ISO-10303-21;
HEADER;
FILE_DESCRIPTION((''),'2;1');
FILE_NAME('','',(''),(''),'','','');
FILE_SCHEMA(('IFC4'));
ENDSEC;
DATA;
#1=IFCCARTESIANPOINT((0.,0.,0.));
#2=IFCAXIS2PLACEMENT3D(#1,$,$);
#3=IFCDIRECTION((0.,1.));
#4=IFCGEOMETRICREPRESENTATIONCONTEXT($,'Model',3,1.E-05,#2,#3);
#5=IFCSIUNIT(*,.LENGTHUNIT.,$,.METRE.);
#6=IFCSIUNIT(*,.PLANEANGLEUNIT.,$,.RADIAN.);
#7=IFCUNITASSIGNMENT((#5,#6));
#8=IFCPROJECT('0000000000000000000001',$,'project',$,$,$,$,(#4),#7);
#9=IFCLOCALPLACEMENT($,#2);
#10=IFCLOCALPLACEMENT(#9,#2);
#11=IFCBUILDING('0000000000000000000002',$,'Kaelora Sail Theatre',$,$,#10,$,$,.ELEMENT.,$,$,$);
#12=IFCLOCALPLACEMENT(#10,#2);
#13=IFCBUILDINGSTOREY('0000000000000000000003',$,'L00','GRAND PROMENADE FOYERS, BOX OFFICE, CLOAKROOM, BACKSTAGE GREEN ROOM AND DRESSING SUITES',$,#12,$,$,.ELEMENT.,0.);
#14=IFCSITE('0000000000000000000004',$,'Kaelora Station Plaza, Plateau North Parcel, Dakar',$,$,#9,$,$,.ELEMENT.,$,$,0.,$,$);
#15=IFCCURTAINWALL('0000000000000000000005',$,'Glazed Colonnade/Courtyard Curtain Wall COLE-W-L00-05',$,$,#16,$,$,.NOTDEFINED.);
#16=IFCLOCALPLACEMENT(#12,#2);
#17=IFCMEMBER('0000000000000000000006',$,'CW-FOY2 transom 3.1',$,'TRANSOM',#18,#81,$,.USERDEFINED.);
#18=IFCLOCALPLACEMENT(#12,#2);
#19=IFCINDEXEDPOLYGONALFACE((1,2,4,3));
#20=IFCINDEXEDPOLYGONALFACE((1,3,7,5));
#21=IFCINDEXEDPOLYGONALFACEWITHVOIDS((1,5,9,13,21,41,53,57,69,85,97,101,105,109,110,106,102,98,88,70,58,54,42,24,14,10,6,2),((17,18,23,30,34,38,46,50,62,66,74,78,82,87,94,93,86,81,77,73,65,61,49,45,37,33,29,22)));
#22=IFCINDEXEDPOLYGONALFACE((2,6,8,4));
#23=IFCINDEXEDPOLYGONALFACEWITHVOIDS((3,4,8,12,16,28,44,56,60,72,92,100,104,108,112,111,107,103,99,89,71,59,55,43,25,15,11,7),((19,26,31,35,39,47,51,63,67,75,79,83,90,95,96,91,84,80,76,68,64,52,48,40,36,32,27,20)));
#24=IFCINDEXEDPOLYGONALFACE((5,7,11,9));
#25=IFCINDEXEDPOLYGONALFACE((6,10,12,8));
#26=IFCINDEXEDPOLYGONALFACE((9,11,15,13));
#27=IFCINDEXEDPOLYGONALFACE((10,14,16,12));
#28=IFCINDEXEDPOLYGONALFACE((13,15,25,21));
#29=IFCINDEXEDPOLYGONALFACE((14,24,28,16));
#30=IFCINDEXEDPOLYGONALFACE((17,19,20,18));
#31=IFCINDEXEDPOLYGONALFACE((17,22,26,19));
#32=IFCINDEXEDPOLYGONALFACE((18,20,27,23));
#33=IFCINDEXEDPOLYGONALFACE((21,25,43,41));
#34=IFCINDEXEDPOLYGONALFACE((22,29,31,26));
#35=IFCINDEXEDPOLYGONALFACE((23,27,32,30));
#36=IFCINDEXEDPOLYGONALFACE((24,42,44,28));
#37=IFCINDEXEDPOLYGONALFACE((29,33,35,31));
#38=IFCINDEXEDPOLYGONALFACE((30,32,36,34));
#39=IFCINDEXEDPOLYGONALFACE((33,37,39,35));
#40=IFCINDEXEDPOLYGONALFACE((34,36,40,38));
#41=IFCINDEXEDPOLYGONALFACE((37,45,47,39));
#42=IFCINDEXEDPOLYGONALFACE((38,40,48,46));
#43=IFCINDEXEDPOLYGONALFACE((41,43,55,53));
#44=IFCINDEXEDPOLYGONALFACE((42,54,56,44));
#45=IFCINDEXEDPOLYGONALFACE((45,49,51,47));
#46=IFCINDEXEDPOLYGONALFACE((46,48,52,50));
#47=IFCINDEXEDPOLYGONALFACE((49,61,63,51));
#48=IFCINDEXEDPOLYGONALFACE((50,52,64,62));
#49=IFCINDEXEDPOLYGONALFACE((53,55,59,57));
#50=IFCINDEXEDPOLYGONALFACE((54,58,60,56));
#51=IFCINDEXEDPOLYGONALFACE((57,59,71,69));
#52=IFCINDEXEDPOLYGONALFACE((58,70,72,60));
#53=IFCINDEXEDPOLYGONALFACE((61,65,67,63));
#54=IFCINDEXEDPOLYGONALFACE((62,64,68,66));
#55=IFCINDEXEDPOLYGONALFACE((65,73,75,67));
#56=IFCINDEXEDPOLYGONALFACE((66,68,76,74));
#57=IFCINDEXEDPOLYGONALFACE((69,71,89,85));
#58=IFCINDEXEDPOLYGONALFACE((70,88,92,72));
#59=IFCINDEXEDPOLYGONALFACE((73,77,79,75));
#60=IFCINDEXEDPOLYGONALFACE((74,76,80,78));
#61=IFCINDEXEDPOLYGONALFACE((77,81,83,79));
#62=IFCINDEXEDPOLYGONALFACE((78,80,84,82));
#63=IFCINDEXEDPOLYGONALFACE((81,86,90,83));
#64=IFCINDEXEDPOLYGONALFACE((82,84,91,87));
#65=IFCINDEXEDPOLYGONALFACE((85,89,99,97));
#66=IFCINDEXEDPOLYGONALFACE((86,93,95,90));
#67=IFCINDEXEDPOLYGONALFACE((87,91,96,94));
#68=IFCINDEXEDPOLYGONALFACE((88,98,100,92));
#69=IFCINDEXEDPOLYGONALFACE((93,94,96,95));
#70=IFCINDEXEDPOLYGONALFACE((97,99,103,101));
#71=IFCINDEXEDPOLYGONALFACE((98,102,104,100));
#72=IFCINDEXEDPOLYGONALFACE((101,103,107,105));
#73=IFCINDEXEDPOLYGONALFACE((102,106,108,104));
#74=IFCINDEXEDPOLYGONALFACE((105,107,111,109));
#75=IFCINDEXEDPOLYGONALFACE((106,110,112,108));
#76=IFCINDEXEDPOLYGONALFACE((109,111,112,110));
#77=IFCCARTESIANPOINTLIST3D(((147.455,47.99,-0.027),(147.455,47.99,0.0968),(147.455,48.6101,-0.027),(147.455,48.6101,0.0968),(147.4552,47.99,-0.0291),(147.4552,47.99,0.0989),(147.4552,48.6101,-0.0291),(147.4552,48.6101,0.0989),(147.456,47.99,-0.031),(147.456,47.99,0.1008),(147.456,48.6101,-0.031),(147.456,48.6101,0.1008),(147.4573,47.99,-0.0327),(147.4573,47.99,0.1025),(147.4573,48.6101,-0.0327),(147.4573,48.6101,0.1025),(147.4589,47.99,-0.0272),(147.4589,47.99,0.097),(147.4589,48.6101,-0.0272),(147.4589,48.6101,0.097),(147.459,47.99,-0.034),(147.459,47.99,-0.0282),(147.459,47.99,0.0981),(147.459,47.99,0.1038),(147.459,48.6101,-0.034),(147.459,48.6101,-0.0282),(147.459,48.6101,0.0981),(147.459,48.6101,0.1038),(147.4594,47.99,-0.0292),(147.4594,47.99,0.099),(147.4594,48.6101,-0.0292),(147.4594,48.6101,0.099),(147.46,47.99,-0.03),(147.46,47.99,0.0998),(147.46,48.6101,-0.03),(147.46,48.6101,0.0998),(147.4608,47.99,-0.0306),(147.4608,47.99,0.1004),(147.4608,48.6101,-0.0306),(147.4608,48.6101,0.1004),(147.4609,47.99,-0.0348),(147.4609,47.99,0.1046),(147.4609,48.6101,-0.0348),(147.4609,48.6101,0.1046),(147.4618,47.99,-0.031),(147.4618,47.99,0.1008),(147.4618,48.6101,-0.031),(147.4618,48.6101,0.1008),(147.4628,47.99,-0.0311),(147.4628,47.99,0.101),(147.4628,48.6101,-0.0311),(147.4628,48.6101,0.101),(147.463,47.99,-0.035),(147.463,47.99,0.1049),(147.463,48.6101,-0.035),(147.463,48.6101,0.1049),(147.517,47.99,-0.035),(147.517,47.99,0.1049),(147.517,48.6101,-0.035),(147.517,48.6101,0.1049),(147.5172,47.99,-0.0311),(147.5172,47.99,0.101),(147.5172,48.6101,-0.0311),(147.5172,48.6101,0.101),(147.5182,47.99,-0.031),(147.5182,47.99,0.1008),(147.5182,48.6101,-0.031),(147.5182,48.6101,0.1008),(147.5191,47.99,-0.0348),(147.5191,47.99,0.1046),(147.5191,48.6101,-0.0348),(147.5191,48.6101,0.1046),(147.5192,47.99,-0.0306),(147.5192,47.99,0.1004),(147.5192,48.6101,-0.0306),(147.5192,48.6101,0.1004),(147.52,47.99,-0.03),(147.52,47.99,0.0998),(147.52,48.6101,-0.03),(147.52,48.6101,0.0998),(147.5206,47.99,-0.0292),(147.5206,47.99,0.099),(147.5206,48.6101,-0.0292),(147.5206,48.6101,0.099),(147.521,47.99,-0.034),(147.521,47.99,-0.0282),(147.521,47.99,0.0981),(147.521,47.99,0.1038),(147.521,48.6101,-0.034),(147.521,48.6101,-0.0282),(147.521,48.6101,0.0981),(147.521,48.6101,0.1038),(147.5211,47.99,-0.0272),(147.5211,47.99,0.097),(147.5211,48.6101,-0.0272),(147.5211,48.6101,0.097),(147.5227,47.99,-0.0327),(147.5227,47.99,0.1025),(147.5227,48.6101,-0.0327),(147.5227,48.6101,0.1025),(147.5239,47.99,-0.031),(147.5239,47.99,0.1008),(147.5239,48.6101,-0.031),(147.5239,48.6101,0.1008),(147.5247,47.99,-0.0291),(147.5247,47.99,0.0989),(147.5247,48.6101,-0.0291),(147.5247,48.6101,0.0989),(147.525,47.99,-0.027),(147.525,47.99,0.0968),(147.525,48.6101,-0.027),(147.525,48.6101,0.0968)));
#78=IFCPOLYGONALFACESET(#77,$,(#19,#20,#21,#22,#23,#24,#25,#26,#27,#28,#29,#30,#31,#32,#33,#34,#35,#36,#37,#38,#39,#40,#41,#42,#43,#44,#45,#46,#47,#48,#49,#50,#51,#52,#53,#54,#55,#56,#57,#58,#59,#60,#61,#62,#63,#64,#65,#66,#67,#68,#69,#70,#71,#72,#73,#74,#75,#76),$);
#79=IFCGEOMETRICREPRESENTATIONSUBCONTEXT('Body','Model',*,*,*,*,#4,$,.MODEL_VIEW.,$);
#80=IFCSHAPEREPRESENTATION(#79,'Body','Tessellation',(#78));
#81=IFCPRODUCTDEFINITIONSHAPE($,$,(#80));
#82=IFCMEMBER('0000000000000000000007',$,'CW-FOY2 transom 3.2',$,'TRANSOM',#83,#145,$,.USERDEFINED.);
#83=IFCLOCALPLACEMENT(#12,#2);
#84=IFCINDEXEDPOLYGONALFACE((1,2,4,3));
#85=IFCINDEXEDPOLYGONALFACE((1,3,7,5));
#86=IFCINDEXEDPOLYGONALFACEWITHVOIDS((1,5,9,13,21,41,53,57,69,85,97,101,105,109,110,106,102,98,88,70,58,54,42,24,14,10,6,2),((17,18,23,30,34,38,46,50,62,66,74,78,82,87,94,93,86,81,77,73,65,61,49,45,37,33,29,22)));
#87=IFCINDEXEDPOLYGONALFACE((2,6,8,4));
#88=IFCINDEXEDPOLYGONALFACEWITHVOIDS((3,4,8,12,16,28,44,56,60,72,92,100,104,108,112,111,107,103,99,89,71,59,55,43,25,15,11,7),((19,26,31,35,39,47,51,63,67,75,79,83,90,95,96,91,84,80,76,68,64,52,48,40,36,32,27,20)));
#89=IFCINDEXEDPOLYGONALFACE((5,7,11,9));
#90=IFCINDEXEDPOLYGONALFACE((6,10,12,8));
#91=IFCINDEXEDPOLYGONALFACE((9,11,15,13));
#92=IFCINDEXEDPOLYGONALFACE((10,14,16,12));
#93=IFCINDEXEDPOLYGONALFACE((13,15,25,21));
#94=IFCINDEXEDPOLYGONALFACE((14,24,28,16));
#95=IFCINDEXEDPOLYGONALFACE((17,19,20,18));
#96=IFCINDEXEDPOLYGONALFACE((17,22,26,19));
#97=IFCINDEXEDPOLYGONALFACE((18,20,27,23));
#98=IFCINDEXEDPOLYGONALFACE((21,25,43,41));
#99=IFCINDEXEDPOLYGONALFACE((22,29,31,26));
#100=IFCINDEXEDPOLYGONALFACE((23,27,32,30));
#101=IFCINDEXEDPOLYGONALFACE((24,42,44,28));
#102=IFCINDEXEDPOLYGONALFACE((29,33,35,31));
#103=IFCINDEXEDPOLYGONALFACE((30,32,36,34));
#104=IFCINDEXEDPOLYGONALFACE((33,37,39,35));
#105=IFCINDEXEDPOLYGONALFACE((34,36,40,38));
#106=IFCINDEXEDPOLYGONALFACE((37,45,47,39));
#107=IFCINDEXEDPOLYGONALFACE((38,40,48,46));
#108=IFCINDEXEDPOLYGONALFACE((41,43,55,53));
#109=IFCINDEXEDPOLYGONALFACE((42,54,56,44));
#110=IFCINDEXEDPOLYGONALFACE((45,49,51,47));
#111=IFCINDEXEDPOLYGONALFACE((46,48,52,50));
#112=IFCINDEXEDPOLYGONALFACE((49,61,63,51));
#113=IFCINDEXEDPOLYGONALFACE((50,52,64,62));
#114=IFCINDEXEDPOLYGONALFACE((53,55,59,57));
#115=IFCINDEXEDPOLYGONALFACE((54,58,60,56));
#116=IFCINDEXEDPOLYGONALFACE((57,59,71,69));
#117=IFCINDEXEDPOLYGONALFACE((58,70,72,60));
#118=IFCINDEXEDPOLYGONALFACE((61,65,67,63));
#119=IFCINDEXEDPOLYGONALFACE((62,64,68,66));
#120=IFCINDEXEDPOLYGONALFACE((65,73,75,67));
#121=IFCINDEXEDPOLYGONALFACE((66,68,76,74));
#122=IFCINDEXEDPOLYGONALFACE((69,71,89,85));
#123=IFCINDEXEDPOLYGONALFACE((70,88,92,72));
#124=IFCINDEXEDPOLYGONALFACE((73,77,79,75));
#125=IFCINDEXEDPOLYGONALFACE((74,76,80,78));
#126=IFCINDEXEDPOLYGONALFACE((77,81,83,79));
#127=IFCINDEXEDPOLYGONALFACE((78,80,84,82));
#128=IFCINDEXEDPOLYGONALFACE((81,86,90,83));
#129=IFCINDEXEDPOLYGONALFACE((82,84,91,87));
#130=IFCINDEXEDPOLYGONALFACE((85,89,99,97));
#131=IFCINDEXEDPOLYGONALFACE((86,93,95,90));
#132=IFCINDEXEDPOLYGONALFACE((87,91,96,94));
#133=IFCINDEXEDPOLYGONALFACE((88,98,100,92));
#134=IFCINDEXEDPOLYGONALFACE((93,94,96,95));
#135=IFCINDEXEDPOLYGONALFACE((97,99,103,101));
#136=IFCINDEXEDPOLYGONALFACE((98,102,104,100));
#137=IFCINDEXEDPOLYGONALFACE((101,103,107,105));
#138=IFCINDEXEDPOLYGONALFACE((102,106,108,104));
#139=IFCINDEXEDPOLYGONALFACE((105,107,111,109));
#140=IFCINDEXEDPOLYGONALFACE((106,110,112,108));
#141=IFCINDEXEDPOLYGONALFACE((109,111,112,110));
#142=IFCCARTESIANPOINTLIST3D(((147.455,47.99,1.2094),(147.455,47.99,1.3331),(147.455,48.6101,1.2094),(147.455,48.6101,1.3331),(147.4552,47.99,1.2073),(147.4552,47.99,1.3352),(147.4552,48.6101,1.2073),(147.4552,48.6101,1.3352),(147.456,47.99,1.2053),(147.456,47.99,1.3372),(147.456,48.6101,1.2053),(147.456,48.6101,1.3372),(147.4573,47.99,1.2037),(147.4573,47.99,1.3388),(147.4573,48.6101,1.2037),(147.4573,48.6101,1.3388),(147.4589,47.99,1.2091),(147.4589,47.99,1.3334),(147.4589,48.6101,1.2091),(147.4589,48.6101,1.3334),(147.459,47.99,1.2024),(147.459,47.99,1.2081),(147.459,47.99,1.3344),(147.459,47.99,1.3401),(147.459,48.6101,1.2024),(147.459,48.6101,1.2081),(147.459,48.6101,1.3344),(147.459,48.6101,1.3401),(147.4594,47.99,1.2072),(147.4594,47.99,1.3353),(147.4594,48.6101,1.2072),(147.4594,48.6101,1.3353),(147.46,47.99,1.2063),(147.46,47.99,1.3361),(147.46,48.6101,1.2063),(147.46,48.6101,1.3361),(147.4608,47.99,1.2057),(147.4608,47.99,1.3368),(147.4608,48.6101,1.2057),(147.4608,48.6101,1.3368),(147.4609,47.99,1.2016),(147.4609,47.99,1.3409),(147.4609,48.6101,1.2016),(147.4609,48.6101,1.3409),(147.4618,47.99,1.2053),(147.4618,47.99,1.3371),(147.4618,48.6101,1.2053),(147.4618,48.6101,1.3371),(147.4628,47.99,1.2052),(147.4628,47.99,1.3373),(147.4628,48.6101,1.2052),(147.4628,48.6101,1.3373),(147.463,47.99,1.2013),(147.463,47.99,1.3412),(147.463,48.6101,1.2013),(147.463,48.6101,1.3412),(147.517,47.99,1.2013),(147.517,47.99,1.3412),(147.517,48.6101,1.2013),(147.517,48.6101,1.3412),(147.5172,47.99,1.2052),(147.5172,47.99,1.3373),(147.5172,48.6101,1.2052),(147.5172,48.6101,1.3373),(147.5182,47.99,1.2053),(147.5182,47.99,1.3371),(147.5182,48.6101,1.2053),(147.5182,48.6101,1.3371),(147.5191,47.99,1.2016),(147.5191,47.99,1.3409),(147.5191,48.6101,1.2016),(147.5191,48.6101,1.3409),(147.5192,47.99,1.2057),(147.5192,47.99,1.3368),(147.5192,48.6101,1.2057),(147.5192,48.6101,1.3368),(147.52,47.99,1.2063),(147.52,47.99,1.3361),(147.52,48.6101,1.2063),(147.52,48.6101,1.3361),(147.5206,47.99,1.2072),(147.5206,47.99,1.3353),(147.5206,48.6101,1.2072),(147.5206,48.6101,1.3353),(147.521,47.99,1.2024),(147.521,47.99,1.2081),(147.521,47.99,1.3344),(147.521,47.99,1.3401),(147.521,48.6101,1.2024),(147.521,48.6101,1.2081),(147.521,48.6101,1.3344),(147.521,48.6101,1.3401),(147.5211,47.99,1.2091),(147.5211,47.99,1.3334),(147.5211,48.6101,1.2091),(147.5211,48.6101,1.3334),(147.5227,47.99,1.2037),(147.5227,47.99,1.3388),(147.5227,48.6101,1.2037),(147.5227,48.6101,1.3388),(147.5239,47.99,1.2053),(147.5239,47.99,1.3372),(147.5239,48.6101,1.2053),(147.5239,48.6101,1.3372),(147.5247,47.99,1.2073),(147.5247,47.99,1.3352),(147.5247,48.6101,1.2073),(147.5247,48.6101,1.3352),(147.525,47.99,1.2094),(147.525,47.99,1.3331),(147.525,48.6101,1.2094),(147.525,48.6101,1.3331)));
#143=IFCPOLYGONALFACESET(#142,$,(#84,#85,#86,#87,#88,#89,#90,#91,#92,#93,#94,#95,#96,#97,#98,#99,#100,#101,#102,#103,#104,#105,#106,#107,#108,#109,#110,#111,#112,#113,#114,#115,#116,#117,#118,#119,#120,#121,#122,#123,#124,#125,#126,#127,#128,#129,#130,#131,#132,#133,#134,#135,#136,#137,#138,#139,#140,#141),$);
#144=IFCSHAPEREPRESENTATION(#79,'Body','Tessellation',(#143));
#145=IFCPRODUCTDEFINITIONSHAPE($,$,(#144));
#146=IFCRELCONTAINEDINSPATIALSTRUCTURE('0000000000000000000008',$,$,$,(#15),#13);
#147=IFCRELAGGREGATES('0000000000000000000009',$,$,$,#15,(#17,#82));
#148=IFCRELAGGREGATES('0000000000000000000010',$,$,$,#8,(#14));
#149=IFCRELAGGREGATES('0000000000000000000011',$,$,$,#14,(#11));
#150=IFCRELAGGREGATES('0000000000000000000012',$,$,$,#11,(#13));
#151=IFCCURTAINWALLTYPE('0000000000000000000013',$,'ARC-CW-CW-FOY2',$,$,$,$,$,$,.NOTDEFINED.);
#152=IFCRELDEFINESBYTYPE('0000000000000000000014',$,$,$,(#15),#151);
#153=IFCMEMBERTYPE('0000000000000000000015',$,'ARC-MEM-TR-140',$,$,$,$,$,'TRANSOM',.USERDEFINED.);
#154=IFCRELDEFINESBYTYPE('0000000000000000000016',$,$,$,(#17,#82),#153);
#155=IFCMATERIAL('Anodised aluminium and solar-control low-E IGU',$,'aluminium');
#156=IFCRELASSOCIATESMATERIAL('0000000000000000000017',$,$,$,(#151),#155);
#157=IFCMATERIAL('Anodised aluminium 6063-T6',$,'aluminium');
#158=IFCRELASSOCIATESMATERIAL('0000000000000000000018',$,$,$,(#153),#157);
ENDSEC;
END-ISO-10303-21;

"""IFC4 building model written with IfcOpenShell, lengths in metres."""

from ifc_helpers import new_model, si_unit, direction, frame, origin, origin_2d, place, context, subcontext, project, spatial, hollow_rectangle, extrude, material, material_profile, profile_set, type_object, element, aggregate, save


model = new_model("IFC4")

# Units and contexts
model_context = context("Model", 3, precision=1e-05, world=origin(), true_north=direction((0.0, 1.0)))
body_context = subcontext(model_context, "Body", "Model", "MODEL_VIEW")
ifc_project = project(units=[si_unit("LENGTHUNIT", "METRE"), si_unit("PLANEANGLEUNIT", "RADIAN")], contexts=[model_context])

# Site, building, storey
site_placement = place(None, origin())
site = spatial("IfcSite", under=ifc_project, at=site_placement, Name="Kaelora Station Plaza, Plateau North Parcel, Dakar", CompositionType="ELEMENT", RefElevation=0.0)
building_placement = place(site_placement, origin())
building = spatial("IfcBuilding", under=site, at=building_placement, Name="Kaelora Sail Theatre", CompositionType="ELEMENT")
storey_placement = place(building_placement, origin())
storey = spatial("IfcBuildingStorey", under=building, at=storey_placement, Name="L00", Description="GRAND PROMENADE FOYERS, BOX OFFICE, CLOAKROOM, BACKSTAGE GREEN ROOM AND DRESSING SUITES", CompositionType="ELEMENT", Elevation=0.0)

# Curtain wall, members
ifc_material_1 = material(Name="Anodised aluminium and solar-control low-E IGU", Category="aluminium")
curtain_wall_type = type_object("IfcCurtainWallType", Name="ARC-CW-CW-FOY2", PredefinedType="NOTDEFINED", material=ifc_material_1)
curtain_wall_placement = place(storey_placement, origin())
curtain_wall = element("IfcCurtainWall", 1, at=curtain_wall_placement, inside=storey, type_object=curtain_wall_type, Name="Glazed Colonnade/Courtyard Curtain Wall COLE-W-L00-05", PredefinedType="NOTDEFINED")
ifc_material_2 = material(Name="Anodised aluminium 6063-T6", Category="aluminium")
ifc_material_profile_1 = material_profile(ifc_material_2, hollow_rectangle(XDim=0.0701, YDim=0.1399, WallThickness=0.0039, InnerFilletRadius=0.0039, OuterFilletRadius=0.0081, at=origin_2d()), Name="ALU-TRAN 70x140x4")
ifc_profile_set_1 = profile_set([ifc_material_profile_1], Name="Anodised aluminium 6063-T6")
member_type_1 = type_object("IfcMemberType", Name="ARC-MEM-TR-140", ElementType="TRANSOM", PredefinedType="USERDEFINED", material=ifc_profile_set_1)
member_1_placement = place(storey_placement, frame((147.49, 47.99, 0.0349), z_axis=(0.0, 1.0, 0.0), x_axis=(-1.0, 0.0, 0.0)))
member_1 = element("IfcMember", 2, at=member_1_placement, type_object=member_type_1, Name="CW-FOY2 transom 3.1", ObjectType="TRANSOM", PredefinedType="USERDEFINED", context=body_context, shape_type="SweptSolid", body=[
    extrude(hollow_rectangle(XDim=0.0701, YDim=0.1399, WallThickness=0.0039, InnerFilletRadius=0.0039, OuterFilletRadius=0.0081, at=origin_2d()), origin(), (0.0, 0.0, 1.0), 0.6201),
])
member_2_placement = place(storey_placement, frame((147.49, 47.99, 1.2712), z_axis=(0.0, 1.0, 0.0), x_axis=(-1.0, 0.0, 0.0)))
member_2 = element("IfcMember", 3, at=member_2_placement, type_object=member_type_1, Name="CW-FOY2 transom 3.2", ObjectType="TRANSOM", PredefinedType="USERDEFINED", context=body_context, shape_type="SweptSolid", body=[
    extrude(hollow_rectangle(XDim=0.0701, YDim=0.1399, WallThickness=0.0039, InnerFilletRadius=0.0039, OuterFilletRadius=0.0081, at=origin_2d()), origin(), (0.0, 0.0, 1.0), 0.6201),
])
aggregate(curtain_wall, [member_1, member_2])

save(model, "model.ifc")
